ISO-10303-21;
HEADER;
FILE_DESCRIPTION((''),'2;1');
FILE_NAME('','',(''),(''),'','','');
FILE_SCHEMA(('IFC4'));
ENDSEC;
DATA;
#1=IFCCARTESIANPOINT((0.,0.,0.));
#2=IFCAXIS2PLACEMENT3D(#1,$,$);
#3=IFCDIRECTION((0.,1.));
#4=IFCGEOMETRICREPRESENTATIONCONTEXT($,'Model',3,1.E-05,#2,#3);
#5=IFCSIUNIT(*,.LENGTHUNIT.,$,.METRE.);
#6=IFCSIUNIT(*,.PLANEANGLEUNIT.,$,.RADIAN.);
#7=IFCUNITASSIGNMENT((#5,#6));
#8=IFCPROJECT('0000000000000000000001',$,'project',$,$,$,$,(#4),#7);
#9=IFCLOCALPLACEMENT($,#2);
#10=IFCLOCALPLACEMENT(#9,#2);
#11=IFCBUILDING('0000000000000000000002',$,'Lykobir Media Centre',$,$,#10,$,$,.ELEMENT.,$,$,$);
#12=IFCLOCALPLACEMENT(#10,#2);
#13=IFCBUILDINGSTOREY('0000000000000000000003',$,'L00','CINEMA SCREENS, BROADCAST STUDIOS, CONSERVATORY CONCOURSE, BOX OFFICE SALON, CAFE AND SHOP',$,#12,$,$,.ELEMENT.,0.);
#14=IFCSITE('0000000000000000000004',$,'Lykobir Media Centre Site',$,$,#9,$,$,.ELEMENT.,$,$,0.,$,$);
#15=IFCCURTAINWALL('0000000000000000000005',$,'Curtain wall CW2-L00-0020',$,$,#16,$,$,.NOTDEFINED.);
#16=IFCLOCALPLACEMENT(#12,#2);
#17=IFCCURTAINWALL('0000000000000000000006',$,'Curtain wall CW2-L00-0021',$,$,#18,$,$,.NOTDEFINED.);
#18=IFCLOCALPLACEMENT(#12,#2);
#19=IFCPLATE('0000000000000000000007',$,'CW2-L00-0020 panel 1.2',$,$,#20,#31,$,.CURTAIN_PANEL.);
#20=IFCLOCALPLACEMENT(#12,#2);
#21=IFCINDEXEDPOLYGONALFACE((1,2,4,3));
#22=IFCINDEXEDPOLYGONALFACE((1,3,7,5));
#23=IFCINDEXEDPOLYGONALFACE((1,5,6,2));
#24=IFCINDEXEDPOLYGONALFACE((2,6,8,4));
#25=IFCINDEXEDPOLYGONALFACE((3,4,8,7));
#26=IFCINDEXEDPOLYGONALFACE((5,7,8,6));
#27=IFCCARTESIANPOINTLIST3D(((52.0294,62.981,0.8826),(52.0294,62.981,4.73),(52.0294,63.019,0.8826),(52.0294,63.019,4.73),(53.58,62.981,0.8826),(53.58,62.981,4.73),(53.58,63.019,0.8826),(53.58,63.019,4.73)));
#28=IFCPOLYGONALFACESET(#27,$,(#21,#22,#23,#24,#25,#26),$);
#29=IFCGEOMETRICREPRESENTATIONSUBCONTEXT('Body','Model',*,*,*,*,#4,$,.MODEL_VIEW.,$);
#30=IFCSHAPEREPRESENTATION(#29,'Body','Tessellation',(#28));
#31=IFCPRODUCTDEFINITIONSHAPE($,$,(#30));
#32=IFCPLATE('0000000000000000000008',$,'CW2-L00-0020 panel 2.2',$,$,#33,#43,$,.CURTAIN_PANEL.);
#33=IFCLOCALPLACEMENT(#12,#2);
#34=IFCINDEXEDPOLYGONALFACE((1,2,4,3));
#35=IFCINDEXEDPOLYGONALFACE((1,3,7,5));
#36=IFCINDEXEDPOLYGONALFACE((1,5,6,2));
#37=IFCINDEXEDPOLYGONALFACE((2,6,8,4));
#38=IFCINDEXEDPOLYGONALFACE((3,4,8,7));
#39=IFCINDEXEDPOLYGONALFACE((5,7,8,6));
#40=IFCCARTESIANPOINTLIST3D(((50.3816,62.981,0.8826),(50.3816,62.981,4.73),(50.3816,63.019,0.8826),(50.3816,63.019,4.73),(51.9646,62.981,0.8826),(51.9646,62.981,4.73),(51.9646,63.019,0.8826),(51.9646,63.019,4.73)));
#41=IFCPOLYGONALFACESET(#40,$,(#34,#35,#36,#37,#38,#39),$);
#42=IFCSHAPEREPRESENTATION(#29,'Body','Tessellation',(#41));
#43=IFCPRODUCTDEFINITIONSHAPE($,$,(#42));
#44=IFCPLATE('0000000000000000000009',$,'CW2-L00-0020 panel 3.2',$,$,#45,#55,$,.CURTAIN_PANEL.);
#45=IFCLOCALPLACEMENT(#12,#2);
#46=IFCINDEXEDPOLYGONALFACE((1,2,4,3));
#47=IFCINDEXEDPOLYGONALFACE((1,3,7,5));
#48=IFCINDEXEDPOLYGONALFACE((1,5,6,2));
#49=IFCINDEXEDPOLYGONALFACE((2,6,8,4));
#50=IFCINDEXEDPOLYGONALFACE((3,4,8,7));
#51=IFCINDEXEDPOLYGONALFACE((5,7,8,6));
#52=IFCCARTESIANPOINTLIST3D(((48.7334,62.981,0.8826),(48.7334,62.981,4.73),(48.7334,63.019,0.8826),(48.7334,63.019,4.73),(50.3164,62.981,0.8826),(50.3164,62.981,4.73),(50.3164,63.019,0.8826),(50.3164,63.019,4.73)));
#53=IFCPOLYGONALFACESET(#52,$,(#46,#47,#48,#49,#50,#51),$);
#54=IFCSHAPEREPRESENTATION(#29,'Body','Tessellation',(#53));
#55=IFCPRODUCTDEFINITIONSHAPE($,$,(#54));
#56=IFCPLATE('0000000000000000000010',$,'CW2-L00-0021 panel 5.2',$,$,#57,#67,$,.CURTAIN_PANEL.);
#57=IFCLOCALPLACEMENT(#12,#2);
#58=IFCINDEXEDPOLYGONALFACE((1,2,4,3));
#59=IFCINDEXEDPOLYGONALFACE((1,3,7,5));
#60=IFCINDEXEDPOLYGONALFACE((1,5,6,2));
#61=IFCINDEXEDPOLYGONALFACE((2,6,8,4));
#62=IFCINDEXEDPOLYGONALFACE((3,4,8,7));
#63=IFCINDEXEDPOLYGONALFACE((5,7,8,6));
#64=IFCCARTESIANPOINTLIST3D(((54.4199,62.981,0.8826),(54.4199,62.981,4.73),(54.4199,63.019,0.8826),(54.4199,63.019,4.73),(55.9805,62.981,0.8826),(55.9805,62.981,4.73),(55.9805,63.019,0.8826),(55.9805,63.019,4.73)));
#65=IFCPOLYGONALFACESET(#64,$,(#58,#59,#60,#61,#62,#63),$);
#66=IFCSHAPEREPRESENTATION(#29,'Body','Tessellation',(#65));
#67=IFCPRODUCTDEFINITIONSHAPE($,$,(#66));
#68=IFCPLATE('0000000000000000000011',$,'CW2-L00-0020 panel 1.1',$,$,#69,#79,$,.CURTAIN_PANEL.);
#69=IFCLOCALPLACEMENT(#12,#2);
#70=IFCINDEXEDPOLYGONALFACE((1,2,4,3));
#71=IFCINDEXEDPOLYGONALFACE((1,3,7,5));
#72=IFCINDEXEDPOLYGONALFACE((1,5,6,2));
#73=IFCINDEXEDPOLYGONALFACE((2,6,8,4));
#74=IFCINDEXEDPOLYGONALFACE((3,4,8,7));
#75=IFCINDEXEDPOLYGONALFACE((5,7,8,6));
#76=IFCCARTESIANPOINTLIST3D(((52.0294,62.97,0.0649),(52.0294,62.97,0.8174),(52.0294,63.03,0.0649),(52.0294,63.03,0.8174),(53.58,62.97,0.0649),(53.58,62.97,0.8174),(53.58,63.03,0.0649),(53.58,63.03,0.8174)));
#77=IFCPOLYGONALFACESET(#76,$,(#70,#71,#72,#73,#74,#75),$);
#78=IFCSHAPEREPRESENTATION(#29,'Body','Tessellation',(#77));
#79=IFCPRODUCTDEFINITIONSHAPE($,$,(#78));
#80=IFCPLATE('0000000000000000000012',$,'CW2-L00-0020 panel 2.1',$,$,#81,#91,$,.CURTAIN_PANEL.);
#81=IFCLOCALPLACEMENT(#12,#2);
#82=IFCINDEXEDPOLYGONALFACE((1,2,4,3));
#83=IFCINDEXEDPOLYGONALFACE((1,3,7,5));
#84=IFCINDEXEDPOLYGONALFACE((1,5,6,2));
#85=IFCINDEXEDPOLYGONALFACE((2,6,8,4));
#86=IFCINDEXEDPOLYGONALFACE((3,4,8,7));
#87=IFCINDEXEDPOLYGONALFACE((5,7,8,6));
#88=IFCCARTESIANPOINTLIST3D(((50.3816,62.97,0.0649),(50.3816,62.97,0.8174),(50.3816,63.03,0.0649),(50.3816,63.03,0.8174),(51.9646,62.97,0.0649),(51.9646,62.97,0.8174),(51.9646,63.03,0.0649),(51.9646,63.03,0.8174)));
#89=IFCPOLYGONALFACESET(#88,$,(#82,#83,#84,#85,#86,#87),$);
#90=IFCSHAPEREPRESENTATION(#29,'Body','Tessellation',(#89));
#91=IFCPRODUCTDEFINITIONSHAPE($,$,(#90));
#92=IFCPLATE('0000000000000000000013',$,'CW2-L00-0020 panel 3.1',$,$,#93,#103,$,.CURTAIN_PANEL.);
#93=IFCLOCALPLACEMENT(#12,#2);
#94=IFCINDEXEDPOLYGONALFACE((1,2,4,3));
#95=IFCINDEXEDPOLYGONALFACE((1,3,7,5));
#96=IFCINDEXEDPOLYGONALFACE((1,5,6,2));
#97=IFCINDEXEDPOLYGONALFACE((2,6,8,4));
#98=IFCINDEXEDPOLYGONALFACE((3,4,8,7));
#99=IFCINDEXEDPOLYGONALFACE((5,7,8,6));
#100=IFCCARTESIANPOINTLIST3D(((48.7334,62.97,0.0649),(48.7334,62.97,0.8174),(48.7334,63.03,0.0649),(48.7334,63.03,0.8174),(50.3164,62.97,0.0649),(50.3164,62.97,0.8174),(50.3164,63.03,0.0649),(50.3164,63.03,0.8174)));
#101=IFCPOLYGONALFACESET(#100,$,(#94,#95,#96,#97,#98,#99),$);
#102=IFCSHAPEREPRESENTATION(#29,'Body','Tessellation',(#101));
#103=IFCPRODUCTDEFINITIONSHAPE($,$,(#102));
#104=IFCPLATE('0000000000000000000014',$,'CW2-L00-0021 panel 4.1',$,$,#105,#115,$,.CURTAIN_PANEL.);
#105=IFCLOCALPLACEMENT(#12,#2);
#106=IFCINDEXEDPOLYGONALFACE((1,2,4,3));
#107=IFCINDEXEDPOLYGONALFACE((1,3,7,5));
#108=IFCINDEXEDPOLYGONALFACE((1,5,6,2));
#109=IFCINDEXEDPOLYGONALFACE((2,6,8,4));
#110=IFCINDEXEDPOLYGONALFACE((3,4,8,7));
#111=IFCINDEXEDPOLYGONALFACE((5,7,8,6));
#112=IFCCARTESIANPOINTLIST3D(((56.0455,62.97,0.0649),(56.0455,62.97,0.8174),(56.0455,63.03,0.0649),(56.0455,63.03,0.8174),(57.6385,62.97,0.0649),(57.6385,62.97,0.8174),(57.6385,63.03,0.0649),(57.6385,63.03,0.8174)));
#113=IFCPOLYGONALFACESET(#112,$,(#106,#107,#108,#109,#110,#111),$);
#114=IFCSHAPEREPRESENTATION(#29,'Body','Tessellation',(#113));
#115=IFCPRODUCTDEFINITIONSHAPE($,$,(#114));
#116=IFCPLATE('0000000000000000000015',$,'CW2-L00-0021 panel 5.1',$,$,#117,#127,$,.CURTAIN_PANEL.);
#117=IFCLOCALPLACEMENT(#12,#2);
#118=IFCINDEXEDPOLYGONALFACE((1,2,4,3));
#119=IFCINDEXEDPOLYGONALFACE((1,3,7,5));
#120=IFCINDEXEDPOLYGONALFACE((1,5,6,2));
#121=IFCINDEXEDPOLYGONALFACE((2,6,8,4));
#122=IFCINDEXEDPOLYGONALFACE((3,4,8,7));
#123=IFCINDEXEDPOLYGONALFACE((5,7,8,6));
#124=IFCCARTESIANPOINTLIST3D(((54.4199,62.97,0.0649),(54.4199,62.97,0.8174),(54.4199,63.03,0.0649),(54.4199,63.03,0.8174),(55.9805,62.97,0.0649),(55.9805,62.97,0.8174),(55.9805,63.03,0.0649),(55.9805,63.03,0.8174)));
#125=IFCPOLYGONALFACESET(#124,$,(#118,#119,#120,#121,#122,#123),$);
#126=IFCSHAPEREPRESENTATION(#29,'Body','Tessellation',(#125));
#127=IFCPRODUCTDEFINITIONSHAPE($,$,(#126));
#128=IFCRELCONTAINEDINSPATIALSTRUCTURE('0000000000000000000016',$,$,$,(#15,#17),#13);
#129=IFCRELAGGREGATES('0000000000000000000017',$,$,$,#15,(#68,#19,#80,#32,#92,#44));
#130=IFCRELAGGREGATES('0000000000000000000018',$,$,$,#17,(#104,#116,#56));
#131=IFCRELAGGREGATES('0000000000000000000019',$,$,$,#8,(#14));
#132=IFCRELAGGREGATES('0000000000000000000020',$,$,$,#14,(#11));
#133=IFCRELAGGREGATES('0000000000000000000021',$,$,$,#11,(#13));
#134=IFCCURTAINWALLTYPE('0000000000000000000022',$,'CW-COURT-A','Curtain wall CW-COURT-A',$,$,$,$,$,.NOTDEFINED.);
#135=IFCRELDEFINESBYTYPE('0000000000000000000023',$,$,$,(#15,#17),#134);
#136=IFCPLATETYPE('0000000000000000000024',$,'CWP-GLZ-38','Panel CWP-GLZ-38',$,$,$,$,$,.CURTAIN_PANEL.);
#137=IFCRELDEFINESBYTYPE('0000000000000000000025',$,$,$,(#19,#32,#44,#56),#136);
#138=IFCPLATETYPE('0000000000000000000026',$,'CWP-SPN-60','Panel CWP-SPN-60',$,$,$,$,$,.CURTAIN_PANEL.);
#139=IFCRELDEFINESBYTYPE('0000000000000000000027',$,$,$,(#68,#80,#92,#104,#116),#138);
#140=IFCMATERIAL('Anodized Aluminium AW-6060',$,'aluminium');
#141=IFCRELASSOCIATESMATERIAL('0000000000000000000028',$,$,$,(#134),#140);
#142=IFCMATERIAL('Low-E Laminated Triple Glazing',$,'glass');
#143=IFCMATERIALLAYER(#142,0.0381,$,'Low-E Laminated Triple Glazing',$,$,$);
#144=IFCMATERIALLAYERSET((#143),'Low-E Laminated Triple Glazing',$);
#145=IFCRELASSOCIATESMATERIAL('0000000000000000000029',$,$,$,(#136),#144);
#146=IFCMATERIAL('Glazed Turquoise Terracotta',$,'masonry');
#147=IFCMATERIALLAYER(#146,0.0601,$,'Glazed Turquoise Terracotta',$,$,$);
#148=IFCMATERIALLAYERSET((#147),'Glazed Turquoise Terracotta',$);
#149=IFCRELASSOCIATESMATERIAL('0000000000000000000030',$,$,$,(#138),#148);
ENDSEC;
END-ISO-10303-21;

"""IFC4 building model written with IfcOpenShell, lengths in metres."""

from ifc_helpers import new_model, si_unit, direction, frame, origin, origin_2d, place, context, subcontext, project, spatial, rectangle, extrude, material, layer, layer_set, type_object, element, aggregate, save


model = new_model("IFC4")

# Units and contexts
model_context = context("Model", 3, precision=1e-05, world=origin(), true_north=direction((0.0, 1.0)))
body_context = subcontext(model_context, "Body", "Model", "MODEL_VIEW")
ifc_project = project(units=[si_unit("LENGTHUNIT", "METRE"), si_unit("PLANEANGLEUNIT", "RADIAN")], contexts=[model_context])

# Site, building, storey
site_placement = place(None, origin())
site = spatial("IfcSite", under=ifc_project, at=site_placement, Name="Lykobir Media Centre Site", CompositionType="ELEMENT", RefElevation=0.0)
building_placement = place(site_placement, origin())
building = spatial("IfcBuilding", under=site, at=building_placement, Name="Lykobir Media Centre", CompositionType="ELEMENT")
storey_placement = place(building_placement, origin())
storey = spatial("IfcBuildingStorey", under=building, at=storey_placement, Name="L00", Description="CINEMA SCREENS, BROADCAST STUDIOS, CONSERVATORY CONCOURSE, BOX OFFICE SALON, CAFE AND SHOP", CompositionType="ELEMENT", Elevation=0.0)

# Curtain walls
ifc_material_1 = material(Name="Anodized Aluminium AW-6060", Category="aluminium")
curtain_wall_type = type_object("IfcCurtainWallType", Name="CW-COURT-A", Description="Curtain wall CW-COURT-A", PredefinedType="NOTDEFINED", material=ifc_material_1)
curtain_wall_1_placement = place(storey_placement, origin())
curtain_wall_1 = element("IfcCurtainWall", 1, at=curtain_wall_1_placement, inside=storey, type_object=curtain_wall_type, Name="Curtain wall CW2-L00-0020", PredefinedType="NOTDEFINED")
curtain_wall_2_placement = place(storey_placement, origin())
curtain_wall_2 = element("IfcCurtainWall", 2, at=curtain_wall_2_placement, inside=storey, type_object=curtain_wall_type, Name="Curtain wall CW2-L00-0021", PredefinedType="NOTDEFINED")

# Plates
ifc_material_2 = material(Name="Low-E Laminated Triple Glazing", Category="glass")
ifc_layer_1 = layer(ifc_material_2, 0.0381, Name="Low-E Laminated Triple Glazing")
ifc_layer_set_1 = layer_set([ifc_layer_1], Name="Low-E Laminated Triple Glazing")
plate_type_1 = type_object("IfcPlateType", Name="CWP-GLZ-38", Description="Panel CWP-GLZ-38", PredefinedType="CURTAIN_PANEL", material=ifc_layer_set_1)
plate_1_placement = place(storey_placement, frame((52.8047, 63.0, 0.8826), z_axis=(0.0, 0.0, 1.0), x_axis=(-1.0, 0.0, 0.0)))
plate_1 = element("IfcPlate", 3, at=plate_1_placement, type_object=plate_type_1, Name="CW2-L00-0020 panel 1.2", PredefinedType="CURTAIN_PANEL", context=body_context, shape_type="SweptSolid", body=[
    extrude(rectangle(XDim=1.5505, YDim=0.0381, at=origin_2d()), origin(), (0.0, 0.0, 1.0), 3.8474),
])
plate_2_placement = place(storey_placement, frame((51.1731, 63.0, 0.8826), z_axis=(0.0, 0.0, 1.0), x_axis=(-1.0, 0.0, 0.0)))
plate_2 = element("IfcPlate", 4, at=plate_2_placement, type_object=plate_type_1, Name="CW2-L00-0020 panel 2.2", PredefinedType="CURTAIN_PANEL", context=body_context, shape_type="SweptSolid", body=[
    extrude(rectangle(XDim=1.583, YDim=0.0381, at=origin_2d()), origin(), (0.0, 0.0, 1.0), 3.8474),
])
plate_3_placement = place(storey_placement, frame((49.5249, 63.0, 0.8826), z_axis=(0.0, 0.0, 1.0), x_axis=(-1.0, 0.0, 0.0)))
plate_3 = element("IfcPlate", 5, at=plate_3_placement, type_object=plate_type_1, Name="CW2-L00-0020 panel 3.2", PredefinedType="CURTAIN_PANEL", context=body_context, shape_type="SweptSolid", body=[
    extrude(rectangle(XDim=1.583, YDim=0.0381, at=origin_2d()), origin(), (0.0, 0.0, 1.0), 3.8474),
])
plate_4_placement = place(storey_placement, frame((55.2002, 63.0, 0.8826), z_axis=(0.0, 0.0, 1.0), x_axis=(-1.0, 0.0, 0.0)))
plate_4 = element("IfcPlate", 6, at=plate_4_placement, type_object=plate_type_1, Name="CW2-L00-0021 panel 5.2", PredefinedType="CURTAIN_PANEL", context=body_context, shape_type="SweptSolid", body=[
    extrude(rectangle(XDim=1.5605, YDim=0.0381, at=origin_2d()), origin(), (0.0, 0.0, 1.0), 3.8474),
])
ifc_material_3 = material(Name="Glazed Turquoise Terracotta", Category="masonry")
ifc_layer_2 = layer(ifc_material_3, 0.0601, Name="Glazed Turquoise Terracotta")
ifc_layer_set_2 = layer_set([ifc_layer_2], Name="Glazed Turquoise Terracotta")
plate_type_2 = type_object("IfcPlateType", Name="CWP-SPN-60", Description="Panel CWP-SPN-60", PredefinedType="CURTAIN_PANEL", material=ifc_layer_set_2)
plate_5_placement = place(storey_placement, frame((52.8047, 63.0, 0.0649), z_axis=(0.0, 0.0, 1.0), x_axis=(-1.0, 0.0, 0.0)))
plate_5 = element("IfcPlate", 7, at=plate_5_placement, type_object=plate_type_2, Name="CW2-L00-0020 panel 1.1", PredefinedType="CURTAIN_PANEL", context=body_context, shape_type="SweptSolid", body=[
    extrude(rectangle(XDim=1.5505, YDim=0.0601, at=origin_2d()), origin(), (0.0, 0.0, 1.0), 0.7524),
])
plate_6_placement = place(storey_placement, frame((51.1731, 63.0, 0.0649), z_axis=(0.0, 0.0, 1.0), x_axis=(-1.0, 0.0, 0.0)))
plate_6 = element("IfcPlate", 8, at=plate_6_placement, type_object=plate_type_2, Name="CW2-L00-0020 panel 2.1", PredefinedType="CURTAIN_PANEL", context=body_context, shape_type="SweptSolid", body=[
    extrude(rectangle(XDim=1.583, YDim=0.0601, at=origin_2d()), origin(), (0.0, 0.0, 1.0), 0.7524),
])
plate_7_placement = place(storey_placement, frame((49.5249, 63.0, 0.0649), z_axis=(0.0, 0.0, 1.0), x_axis=(-1.0, 0.0, 0.0)))
plate_7 = element("IfcPlate", 9, at=plate_7_placement, type_object=plate_type_2, Name="CW2-L00-0020 panel 3.1", PredefinedType="CURTAIN_PANEL", context=body_context, shape_type="SweptSolid", body=[
    extrude(rectangle(XDim=1.583, YDim=0.0601, at=origin_2d()), origin(), (0.0, 0.0, 1.0), 0.7524),
])
aggregate(curtain_wall_1, [plate_5, plate_1, plate_6, plate_2, plate_7, plate_3])
plate_8_placement = place(storey_placement, frame((56.842, 63.0, 0.0649), z_axis=(0.0, 0.0, 1.0), x_axis=(-1.0, 0.0, 0.0)))
plate_8 = element("IfcPlate", 10, at=plate_8_placement, type_object=plate_type_2, Name="CW2-L00-0021 panel 4.1", PredefinedType="CURTAIN_PANEL", context=body_context, shape_type="SweptSolid", body=[
    extrude(rectangle(XDim=1.593, YDim=0.0601, at=origin_2d()), origin(), (0.0, 0.0, 1.0), 0.7524),
])
plate_9_placement = place(storey_placement, frame((55.2002, 63.0, 0.0649), z_axis=(0.0, 0.0, 1.0), x_axis=(-1.0, 0.0, 0.0)))
plate_9 = element("IfcPlate", 11, at=plate_9_placement, type_object=plate_type_2, Name="CW2-L00-0021 panel 5.1", PredefinedType="CURTAIN_PANEL", context=body_context, shape_type="SweptSolid", body=[
    extrude(rectangle(XDim=1.5605, YDim=0.0601, at=origin_2d()), origin(), (0.0, 0.0, 1.0), 0.7524),
])
aggregate(curtain_wall_2, [plate_8, plate_9, plate_4])

save(model, "model.ifc")
